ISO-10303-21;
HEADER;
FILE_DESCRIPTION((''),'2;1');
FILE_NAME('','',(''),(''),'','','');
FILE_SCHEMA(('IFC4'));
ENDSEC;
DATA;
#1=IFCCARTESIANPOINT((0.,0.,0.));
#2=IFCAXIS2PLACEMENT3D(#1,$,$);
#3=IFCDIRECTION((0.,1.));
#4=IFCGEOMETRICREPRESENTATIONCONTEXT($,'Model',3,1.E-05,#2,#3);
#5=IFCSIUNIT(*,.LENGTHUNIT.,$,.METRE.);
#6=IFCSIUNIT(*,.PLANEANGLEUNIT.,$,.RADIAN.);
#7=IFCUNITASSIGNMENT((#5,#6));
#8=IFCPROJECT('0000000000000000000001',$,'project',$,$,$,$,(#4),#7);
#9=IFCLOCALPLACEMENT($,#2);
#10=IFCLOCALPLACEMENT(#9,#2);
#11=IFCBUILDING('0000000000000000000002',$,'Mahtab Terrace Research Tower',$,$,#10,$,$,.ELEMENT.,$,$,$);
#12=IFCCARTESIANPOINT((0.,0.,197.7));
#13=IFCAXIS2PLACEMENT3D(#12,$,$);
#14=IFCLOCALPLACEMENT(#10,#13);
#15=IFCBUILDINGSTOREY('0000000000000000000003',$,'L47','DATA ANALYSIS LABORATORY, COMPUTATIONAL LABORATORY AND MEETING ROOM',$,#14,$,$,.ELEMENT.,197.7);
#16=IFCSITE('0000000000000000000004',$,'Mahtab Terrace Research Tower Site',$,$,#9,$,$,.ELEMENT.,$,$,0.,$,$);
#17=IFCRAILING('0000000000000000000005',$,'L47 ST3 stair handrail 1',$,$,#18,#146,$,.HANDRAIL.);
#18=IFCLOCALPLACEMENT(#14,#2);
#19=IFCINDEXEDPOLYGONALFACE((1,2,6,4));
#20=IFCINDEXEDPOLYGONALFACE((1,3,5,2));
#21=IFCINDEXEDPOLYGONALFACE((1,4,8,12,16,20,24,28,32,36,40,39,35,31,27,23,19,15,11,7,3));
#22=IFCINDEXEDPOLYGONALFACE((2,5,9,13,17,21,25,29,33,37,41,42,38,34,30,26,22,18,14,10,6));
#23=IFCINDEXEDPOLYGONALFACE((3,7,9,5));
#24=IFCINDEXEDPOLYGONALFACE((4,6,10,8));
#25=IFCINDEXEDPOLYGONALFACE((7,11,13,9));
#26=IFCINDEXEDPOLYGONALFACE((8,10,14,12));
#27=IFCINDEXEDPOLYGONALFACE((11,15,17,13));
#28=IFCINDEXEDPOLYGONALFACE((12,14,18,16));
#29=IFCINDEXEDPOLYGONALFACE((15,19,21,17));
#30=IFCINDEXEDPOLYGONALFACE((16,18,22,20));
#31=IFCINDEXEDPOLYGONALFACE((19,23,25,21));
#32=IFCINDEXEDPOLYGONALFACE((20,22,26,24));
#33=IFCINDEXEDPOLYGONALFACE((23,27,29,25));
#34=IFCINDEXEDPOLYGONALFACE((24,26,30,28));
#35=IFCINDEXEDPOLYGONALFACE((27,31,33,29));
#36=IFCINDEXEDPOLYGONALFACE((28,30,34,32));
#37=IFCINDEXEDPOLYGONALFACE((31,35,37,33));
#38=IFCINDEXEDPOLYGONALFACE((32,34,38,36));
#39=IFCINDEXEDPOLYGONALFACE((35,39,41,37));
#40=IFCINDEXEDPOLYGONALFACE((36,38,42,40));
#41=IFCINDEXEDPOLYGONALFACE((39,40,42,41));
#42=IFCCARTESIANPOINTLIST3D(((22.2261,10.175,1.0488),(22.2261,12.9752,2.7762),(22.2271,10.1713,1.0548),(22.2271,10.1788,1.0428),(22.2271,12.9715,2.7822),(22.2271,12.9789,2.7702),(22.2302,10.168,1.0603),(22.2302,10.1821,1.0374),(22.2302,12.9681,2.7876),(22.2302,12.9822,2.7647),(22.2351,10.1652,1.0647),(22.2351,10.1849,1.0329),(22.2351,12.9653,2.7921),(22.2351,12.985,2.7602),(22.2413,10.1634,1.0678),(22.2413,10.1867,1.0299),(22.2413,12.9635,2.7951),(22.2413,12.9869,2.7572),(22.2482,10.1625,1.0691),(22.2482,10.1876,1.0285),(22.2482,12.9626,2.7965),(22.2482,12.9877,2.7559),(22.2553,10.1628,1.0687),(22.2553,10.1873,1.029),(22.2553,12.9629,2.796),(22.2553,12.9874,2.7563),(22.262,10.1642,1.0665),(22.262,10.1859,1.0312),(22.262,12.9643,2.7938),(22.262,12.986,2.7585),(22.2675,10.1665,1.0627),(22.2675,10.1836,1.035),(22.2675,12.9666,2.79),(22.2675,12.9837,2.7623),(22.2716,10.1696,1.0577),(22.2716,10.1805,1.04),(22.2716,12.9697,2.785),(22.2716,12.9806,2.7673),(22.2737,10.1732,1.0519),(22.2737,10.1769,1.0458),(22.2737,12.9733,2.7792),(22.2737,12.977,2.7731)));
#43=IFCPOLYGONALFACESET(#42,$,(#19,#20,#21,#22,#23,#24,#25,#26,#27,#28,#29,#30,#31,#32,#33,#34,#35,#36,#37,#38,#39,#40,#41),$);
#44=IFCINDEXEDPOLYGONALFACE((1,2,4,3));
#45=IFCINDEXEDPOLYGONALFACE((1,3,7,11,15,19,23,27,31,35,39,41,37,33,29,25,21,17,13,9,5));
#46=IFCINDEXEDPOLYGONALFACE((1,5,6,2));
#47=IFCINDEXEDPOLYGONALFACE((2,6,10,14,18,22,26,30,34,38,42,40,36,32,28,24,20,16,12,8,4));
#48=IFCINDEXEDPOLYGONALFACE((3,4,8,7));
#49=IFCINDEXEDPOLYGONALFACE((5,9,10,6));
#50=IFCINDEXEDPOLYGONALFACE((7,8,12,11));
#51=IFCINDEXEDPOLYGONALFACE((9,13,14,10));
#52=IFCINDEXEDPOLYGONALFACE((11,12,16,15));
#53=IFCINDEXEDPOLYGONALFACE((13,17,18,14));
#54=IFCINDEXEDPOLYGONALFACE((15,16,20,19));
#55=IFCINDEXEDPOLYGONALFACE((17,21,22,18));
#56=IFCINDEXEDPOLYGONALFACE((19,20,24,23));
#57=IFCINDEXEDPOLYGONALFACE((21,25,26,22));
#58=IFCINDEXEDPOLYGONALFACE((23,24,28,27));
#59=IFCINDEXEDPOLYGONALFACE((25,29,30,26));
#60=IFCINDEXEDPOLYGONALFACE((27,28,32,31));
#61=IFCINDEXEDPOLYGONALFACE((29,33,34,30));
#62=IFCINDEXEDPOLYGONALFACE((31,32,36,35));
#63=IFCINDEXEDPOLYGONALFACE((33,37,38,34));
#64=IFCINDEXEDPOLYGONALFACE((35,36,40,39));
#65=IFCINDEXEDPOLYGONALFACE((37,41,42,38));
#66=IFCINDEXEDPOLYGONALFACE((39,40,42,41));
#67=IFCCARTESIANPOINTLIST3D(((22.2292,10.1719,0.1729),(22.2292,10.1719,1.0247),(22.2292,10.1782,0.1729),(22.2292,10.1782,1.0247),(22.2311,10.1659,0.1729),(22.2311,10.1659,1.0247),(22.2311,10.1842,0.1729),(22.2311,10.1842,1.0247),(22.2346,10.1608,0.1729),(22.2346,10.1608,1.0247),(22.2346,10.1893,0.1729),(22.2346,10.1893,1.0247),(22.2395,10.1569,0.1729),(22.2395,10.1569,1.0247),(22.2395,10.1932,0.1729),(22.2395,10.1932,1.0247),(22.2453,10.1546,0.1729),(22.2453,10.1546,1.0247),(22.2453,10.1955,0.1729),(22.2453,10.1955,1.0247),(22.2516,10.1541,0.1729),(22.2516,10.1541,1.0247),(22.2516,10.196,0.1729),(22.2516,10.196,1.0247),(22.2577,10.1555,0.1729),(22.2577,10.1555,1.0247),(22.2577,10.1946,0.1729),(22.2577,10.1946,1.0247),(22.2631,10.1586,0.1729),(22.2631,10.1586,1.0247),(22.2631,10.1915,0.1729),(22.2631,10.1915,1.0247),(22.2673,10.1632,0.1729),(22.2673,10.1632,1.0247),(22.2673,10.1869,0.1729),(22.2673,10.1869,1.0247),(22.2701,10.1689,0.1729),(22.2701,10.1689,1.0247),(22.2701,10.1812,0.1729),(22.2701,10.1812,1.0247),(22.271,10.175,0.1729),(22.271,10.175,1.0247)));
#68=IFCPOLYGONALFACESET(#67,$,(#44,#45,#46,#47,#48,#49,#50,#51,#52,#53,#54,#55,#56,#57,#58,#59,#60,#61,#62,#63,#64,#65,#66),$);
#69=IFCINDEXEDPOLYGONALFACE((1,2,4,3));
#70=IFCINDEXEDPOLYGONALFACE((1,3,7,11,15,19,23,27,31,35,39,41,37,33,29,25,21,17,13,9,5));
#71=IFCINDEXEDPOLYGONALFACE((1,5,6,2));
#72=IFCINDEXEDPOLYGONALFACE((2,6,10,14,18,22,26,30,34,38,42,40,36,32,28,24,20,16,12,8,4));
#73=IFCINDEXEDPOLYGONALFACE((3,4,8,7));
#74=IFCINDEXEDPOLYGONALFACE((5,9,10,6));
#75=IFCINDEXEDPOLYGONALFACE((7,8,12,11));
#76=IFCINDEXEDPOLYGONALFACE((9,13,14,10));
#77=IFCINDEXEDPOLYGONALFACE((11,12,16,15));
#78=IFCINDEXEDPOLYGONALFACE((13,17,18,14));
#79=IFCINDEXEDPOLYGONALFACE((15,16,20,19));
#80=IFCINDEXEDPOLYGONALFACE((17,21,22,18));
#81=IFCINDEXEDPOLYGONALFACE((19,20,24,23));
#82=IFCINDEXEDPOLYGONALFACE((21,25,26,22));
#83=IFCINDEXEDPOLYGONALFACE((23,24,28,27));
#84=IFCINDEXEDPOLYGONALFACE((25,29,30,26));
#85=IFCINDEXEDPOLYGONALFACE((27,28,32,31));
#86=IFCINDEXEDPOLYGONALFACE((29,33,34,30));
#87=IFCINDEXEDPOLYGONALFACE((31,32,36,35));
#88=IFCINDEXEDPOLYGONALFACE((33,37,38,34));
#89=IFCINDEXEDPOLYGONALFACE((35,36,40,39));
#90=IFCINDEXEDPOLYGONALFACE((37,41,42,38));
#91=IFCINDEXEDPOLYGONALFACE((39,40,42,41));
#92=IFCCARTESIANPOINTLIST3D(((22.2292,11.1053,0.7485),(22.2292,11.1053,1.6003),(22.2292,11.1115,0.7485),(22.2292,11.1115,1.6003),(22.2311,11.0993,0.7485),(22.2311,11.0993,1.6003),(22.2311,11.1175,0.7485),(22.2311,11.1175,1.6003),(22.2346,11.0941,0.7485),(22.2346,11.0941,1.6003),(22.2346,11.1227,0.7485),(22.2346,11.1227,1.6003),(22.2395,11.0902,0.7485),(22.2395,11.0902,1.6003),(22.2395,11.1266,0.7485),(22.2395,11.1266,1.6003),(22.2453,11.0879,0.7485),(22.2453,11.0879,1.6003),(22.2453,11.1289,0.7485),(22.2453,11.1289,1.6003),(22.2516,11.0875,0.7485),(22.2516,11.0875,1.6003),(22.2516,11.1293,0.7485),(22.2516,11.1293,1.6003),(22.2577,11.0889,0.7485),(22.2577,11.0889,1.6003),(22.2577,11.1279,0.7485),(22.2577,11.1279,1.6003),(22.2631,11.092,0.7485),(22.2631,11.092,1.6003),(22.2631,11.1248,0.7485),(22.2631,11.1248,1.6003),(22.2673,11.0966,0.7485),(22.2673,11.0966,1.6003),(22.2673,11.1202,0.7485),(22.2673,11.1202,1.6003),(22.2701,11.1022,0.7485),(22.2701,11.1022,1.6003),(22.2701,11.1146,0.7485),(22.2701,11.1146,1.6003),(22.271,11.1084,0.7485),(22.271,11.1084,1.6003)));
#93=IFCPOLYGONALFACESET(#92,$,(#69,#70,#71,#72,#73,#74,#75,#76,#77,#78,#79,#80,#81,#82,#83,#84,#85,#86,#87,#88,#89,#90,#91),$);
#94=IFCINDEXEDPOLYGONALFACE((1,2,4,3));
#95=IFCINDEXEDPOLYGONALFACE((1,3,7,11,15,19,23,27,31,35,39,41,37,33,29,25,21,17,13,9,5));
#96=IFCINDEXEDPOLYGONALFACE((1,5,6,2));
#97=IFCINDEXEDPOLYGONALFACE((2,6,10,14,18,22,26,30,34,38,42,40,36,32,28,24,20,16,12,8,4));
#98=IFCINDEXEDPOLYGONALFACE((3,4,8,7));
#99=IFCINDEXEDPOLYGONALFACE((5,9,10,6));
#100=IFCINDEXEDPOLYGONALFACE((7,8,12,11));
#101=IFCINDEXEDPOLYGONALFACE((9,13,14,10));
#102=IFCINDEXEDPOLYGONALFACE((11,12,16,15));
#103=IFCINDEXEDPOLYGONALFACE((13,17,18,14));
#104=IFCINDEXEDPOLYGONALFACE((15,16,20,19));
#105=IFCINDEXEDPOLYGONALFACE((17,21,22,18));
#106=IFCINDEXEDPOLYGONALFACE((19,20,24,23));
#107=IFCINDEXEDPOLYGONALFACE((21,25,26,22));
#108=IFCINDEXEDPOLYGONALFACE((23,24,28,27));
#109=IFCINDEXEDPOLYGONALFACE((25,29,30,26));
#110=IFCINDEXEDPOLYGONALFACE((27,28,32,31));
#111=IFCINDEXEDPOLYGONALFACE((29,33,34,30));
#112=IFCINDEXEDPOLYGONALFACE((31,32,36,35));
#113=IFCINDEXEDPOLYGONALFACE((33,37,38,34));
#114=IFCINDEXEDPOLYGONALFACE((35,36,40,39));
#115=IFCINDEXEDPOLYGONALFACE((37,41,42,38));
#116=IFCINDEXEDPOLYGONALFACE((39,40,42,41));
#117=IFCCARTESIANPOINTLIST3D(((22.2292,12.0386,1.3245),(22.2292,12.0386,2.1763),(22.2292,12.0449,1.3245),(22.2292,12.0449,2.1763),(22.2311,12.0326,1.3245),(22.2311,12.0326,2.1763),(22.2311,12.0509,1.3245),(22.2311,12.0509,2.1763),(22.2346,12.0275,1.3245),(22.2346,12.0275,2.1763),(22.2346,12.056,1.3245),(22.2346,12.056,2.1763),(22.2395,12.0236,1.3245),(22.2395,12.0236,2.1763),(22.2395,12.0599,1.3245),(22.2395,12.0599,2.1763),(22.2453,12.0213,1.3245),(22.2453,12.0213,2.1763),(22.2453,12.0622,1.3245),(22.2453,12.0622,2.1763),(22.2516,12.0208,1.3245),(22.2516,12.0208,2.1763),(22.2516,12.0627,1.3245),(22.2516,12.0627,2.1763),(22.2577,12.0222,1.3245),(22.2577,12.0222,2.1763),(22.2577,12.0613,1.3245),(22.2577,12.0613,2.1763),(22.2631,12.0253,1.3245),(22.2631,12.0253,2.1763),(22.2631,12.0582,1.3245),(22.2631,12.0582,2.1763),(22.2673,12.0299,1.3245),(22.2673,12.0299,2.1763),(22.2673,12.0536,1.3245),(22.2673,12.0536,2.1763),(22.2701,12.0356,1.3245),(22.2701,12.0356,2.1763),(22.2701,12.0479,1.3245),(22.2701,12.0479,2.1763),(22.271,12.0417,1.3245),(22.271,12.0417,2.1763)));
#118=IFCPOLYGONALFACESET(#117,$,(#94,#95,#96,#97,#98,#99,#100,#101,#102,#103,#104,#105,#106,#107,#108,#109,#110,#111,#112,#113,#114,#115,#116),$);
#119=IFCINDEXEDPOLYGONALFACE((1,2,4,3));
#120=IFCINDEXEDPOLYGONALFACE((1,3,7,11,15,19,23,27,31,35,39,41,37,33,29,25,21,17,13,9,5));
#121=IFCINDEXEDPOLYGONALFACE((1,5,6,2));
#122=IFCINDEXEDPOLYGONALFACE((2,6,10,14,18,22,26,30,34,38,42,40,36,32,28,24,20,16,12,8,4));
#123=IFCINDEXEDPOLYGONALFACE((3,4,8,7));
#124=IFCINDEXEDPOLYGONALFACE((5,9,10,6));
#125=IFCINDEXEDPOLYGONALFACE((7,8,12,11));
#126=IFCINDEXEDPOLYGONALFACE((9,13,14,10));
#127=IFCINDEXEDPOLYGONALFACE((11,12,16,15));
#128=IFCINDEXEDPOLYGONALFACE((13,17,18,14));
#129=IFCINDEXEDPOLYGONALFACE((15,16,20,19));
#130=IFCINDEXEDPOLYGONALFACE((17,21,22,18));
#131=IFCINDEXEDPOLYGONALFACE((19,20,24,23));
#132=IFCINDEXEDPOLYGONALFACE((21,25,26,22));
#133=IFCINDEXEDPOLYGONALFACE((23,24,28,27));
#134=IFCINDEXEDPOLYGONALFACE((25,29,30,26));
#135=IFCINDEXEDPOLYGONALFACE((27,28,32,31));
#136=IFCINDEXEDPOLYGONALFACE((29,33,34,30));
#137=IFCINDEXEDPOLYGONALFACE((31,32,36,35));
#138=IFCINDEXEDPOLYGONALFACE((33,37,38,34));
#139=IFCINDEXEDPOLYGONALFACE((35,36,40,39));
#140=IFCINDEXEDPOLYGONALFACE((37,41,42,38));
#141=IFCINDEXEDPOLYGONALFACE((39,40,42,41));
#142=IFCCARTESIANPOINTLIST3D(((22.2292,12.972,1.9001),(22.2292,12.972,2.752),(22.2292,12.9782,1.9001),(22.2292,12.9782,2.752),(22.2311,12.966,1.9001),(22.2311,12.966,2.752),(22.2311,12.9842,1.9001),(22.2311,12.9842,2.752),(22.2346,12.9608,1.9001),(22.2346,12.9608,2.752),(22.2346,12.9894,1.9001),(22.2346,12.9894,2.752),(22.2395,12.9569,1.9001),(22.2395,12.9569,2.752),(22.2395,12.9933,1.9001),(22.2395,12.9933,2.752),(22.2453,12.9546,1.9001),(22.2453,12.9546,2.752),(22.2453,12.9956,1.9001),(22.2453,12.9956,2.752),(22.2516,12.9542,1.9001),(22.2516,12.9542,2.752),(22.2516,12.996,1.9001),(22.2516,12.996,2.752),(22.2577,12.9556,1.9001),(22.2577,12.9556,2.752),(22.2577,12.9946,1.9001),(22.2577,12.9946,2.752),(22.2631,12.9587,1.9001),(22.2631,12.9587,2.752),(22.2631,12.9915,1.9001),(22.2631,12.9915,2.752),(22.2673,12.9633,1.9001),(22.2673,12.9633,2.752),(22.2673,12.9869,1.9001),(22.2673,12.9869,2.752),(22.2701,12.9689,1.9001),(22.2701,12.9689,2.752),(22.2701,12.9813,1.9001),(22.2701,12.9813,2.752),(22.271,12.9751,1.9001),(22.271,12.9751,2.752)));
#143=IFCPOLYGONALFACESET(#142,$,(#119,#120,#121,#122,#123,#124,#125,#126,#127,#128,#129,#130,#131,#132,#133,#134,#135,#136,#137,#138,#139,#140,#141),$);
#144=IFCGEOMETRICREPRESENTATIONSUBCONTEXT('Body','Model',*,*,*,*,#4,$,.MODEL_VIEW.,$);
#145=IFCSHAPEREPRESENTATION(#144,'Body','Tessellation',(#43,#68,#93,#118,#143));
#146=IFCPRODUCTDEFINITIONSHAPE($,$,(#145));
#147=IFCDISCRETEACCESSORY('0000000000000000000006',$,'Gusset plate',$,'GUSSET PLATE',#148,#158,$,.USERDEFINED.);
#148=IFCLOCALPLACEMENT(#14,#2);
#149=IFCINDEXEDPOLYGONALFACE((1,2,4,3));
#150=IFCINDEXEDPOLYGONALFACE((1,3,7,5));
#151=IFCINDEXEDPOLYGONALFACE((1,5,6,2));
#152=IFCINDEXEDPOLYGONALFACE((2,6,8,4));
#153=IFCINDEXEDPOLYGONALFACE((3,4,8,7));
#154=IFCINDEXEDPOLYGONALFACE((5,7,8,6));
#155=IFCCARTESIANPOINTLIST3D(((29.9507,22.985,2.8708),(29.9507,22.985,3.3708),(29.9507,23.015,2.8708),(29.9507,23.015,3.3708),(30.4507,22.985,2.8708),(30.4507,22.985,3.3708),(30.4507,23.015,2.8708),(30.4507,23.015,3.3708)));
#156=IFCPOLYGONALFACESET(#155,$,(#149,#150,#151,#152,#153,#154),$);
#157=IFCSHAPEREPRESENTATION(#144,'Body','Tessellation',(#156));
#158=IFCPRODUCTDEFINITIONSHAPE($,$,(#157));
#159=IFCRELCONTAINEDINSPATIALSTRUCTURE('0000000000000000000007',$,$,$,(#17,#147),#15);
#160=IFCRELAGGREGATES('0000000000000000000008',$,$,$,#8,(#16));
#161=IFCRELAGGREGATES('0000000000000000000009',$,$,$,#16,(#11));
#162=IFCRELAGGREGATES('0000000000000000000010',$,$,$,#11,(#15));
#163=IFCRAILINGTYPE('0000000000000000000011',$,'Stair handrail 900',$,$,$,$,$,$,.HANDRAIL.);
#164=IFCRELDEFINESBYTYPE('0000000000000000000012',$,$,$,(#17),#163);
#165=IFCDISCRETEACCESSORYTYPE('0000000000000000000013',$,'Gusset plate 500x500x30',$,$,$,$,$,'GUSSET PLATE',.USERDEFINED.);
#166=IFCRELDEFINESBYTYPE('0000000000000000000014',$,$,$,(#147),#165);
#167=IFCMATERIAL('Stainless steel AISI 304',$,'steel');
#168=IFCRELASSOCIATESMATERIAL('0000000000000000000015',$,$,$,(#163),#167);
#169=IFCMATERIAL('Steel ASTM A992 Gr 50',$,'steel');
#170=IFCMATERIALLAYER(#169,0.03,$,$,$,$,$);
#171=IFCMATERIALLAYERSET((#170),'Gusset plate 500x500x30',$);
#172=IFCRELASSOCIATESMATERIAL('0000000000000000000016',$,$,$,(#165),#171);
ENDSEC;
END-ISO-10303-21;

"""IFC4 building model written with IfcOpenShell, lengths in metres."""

from ifc_helpers import new_model, si_unit, direction, frame, origin, origin_2d, place, context, subcontext, project, spatial, rectangle, circle, extrude, material, layer, layer_set, type_object, element, save


model = new_model("IFC4")

# Units and contexts
model_context = context("Model", 3, precision=1e-05, world=origin(), true_north=direction((0.0, 1.0)))
body_context = subcontext(model_context, "Body", "Model", "MODEL_VIEW")
ifc_project = project(units=[si_unit("LENGTHUNIT", "METRE"), si_unit("PLANEANGLEUNIT", "RADIAN")], contexts=[model_context])

# Site, building, storey
site_placement = place(None, origin())
site = spatial("IfcSite", under=ifc_project, at=site_placement, Name="Mahtab Terrace Research Tower Site", CompositionType="ELEMENT", RefElevation=0.0)
building_placement = place(site_placement, origin())
building = spatial("IfcBuilding", under=site, at=building_placement, Name="Mahtab Terrace Research Tower", CompositionType="ELEMENT")
storey_placement = place(building_placement, frame((0.0, 0.0, 197.7)))
storey = spatial("IfcBuildingStorey", under=building, at=storey_placement, Name="L47", Description="DATA ANALYSIS LABORATORY, COMPUTATIONAL LABORATORY AND MEETING ROOM", CompositionType="ELEMENT", Elevation=197.7)

# Shared definitions
ifc_material_1 = material(Name="Steel ASTM A992 Gr 50", Category="steel")

# Shared definitions
ifc_material_2 = material(Name="Stainless steel AISI 304", Category="steel")

# Railing
railing_type_1 = type_object("IfcRailingType", Name="Stair handrail 900", PredefinedType="HANDRAIL", material=ifc_material_2)
railing_1_placement = place(storey_placement, frame((22.25, 10.175, 0.1729)))
element("IfcRailing", 1, at=railing_1_placement, inside=storey, type_object=railing_type_1, Name="L47 ST3 stair handrail 1", PredefinedType="HANDRAIL", context=body_context, shape_type="SweptSolid", body=[
    extrude(circle(Radius=0.0239, at=origin_2d()), frame((0.0, 0.0, 0.876), z_axis=(0.0, 0.85109, 0.52502), x_axis=(-1.0, 0.0, 0.0)), (0.0, 0.0, 1.0), 3.29),
    extrude(circle(Radius=0.021, at=origin_2d()), origin(), (0.0, 0.0, 1.0), 0.8518),
    extrude(circle(Radius=0.021, at=origin_2d()), frame((0.0, 0.9333, 0.5757)), (0.0, 0.0, 1.0), 0.8518),
    extrude(circle(Radius=0.021, at=origin_2d()), frame((0.0, 1.8667, 1.1516)), (0.0, 0.0, 1.0), 0.8518),
    extrude(circle(Radius=0.021, at=origin_2d()), frame((0.0, 2.8, 1.7273)), (0.0, 0.0, 1.0), 0.8518),
])

# Discrete accessory
ifc_layer_1 = layer(ifc_material_1, 0.03)
ifc_layer_set_1 = layer_set([ifc_layer_1], Name="Gusset plate 500x500x30")
discrete_accessory_type = type_object("IfcDiscreteAccessoryType", Name="Gusset plate 500x500x30", ElementType="GUSSET PLATE", PredefinedType="USERDEFINED", material=ifc_layer_set_1)
discrete_accessory_placement = place(storey_placement, frame((30.2007, 23.0, 2.8708), z_axis=(0.0, 0.0, 1.0), x_axis=(1.0, 0.0, 0.0)))
element("IfcDiscreteAccessory", 2, at=discrete_accessory_placement, inside=storey, type_object=discrete_accessory_type, Name="Gusset plate", ObjectType="GUSSET PLATE", PredefinedType="USERDEFINED", context=body_context, shape_type="SweptSolid", body=[
    extrude(rectangle(XDim=0.5, YDim=0.03, at=origin_2d()), origin(), (0.0, 0.0, 1.0), 0.5),
])

save(model, "model.ifc")
